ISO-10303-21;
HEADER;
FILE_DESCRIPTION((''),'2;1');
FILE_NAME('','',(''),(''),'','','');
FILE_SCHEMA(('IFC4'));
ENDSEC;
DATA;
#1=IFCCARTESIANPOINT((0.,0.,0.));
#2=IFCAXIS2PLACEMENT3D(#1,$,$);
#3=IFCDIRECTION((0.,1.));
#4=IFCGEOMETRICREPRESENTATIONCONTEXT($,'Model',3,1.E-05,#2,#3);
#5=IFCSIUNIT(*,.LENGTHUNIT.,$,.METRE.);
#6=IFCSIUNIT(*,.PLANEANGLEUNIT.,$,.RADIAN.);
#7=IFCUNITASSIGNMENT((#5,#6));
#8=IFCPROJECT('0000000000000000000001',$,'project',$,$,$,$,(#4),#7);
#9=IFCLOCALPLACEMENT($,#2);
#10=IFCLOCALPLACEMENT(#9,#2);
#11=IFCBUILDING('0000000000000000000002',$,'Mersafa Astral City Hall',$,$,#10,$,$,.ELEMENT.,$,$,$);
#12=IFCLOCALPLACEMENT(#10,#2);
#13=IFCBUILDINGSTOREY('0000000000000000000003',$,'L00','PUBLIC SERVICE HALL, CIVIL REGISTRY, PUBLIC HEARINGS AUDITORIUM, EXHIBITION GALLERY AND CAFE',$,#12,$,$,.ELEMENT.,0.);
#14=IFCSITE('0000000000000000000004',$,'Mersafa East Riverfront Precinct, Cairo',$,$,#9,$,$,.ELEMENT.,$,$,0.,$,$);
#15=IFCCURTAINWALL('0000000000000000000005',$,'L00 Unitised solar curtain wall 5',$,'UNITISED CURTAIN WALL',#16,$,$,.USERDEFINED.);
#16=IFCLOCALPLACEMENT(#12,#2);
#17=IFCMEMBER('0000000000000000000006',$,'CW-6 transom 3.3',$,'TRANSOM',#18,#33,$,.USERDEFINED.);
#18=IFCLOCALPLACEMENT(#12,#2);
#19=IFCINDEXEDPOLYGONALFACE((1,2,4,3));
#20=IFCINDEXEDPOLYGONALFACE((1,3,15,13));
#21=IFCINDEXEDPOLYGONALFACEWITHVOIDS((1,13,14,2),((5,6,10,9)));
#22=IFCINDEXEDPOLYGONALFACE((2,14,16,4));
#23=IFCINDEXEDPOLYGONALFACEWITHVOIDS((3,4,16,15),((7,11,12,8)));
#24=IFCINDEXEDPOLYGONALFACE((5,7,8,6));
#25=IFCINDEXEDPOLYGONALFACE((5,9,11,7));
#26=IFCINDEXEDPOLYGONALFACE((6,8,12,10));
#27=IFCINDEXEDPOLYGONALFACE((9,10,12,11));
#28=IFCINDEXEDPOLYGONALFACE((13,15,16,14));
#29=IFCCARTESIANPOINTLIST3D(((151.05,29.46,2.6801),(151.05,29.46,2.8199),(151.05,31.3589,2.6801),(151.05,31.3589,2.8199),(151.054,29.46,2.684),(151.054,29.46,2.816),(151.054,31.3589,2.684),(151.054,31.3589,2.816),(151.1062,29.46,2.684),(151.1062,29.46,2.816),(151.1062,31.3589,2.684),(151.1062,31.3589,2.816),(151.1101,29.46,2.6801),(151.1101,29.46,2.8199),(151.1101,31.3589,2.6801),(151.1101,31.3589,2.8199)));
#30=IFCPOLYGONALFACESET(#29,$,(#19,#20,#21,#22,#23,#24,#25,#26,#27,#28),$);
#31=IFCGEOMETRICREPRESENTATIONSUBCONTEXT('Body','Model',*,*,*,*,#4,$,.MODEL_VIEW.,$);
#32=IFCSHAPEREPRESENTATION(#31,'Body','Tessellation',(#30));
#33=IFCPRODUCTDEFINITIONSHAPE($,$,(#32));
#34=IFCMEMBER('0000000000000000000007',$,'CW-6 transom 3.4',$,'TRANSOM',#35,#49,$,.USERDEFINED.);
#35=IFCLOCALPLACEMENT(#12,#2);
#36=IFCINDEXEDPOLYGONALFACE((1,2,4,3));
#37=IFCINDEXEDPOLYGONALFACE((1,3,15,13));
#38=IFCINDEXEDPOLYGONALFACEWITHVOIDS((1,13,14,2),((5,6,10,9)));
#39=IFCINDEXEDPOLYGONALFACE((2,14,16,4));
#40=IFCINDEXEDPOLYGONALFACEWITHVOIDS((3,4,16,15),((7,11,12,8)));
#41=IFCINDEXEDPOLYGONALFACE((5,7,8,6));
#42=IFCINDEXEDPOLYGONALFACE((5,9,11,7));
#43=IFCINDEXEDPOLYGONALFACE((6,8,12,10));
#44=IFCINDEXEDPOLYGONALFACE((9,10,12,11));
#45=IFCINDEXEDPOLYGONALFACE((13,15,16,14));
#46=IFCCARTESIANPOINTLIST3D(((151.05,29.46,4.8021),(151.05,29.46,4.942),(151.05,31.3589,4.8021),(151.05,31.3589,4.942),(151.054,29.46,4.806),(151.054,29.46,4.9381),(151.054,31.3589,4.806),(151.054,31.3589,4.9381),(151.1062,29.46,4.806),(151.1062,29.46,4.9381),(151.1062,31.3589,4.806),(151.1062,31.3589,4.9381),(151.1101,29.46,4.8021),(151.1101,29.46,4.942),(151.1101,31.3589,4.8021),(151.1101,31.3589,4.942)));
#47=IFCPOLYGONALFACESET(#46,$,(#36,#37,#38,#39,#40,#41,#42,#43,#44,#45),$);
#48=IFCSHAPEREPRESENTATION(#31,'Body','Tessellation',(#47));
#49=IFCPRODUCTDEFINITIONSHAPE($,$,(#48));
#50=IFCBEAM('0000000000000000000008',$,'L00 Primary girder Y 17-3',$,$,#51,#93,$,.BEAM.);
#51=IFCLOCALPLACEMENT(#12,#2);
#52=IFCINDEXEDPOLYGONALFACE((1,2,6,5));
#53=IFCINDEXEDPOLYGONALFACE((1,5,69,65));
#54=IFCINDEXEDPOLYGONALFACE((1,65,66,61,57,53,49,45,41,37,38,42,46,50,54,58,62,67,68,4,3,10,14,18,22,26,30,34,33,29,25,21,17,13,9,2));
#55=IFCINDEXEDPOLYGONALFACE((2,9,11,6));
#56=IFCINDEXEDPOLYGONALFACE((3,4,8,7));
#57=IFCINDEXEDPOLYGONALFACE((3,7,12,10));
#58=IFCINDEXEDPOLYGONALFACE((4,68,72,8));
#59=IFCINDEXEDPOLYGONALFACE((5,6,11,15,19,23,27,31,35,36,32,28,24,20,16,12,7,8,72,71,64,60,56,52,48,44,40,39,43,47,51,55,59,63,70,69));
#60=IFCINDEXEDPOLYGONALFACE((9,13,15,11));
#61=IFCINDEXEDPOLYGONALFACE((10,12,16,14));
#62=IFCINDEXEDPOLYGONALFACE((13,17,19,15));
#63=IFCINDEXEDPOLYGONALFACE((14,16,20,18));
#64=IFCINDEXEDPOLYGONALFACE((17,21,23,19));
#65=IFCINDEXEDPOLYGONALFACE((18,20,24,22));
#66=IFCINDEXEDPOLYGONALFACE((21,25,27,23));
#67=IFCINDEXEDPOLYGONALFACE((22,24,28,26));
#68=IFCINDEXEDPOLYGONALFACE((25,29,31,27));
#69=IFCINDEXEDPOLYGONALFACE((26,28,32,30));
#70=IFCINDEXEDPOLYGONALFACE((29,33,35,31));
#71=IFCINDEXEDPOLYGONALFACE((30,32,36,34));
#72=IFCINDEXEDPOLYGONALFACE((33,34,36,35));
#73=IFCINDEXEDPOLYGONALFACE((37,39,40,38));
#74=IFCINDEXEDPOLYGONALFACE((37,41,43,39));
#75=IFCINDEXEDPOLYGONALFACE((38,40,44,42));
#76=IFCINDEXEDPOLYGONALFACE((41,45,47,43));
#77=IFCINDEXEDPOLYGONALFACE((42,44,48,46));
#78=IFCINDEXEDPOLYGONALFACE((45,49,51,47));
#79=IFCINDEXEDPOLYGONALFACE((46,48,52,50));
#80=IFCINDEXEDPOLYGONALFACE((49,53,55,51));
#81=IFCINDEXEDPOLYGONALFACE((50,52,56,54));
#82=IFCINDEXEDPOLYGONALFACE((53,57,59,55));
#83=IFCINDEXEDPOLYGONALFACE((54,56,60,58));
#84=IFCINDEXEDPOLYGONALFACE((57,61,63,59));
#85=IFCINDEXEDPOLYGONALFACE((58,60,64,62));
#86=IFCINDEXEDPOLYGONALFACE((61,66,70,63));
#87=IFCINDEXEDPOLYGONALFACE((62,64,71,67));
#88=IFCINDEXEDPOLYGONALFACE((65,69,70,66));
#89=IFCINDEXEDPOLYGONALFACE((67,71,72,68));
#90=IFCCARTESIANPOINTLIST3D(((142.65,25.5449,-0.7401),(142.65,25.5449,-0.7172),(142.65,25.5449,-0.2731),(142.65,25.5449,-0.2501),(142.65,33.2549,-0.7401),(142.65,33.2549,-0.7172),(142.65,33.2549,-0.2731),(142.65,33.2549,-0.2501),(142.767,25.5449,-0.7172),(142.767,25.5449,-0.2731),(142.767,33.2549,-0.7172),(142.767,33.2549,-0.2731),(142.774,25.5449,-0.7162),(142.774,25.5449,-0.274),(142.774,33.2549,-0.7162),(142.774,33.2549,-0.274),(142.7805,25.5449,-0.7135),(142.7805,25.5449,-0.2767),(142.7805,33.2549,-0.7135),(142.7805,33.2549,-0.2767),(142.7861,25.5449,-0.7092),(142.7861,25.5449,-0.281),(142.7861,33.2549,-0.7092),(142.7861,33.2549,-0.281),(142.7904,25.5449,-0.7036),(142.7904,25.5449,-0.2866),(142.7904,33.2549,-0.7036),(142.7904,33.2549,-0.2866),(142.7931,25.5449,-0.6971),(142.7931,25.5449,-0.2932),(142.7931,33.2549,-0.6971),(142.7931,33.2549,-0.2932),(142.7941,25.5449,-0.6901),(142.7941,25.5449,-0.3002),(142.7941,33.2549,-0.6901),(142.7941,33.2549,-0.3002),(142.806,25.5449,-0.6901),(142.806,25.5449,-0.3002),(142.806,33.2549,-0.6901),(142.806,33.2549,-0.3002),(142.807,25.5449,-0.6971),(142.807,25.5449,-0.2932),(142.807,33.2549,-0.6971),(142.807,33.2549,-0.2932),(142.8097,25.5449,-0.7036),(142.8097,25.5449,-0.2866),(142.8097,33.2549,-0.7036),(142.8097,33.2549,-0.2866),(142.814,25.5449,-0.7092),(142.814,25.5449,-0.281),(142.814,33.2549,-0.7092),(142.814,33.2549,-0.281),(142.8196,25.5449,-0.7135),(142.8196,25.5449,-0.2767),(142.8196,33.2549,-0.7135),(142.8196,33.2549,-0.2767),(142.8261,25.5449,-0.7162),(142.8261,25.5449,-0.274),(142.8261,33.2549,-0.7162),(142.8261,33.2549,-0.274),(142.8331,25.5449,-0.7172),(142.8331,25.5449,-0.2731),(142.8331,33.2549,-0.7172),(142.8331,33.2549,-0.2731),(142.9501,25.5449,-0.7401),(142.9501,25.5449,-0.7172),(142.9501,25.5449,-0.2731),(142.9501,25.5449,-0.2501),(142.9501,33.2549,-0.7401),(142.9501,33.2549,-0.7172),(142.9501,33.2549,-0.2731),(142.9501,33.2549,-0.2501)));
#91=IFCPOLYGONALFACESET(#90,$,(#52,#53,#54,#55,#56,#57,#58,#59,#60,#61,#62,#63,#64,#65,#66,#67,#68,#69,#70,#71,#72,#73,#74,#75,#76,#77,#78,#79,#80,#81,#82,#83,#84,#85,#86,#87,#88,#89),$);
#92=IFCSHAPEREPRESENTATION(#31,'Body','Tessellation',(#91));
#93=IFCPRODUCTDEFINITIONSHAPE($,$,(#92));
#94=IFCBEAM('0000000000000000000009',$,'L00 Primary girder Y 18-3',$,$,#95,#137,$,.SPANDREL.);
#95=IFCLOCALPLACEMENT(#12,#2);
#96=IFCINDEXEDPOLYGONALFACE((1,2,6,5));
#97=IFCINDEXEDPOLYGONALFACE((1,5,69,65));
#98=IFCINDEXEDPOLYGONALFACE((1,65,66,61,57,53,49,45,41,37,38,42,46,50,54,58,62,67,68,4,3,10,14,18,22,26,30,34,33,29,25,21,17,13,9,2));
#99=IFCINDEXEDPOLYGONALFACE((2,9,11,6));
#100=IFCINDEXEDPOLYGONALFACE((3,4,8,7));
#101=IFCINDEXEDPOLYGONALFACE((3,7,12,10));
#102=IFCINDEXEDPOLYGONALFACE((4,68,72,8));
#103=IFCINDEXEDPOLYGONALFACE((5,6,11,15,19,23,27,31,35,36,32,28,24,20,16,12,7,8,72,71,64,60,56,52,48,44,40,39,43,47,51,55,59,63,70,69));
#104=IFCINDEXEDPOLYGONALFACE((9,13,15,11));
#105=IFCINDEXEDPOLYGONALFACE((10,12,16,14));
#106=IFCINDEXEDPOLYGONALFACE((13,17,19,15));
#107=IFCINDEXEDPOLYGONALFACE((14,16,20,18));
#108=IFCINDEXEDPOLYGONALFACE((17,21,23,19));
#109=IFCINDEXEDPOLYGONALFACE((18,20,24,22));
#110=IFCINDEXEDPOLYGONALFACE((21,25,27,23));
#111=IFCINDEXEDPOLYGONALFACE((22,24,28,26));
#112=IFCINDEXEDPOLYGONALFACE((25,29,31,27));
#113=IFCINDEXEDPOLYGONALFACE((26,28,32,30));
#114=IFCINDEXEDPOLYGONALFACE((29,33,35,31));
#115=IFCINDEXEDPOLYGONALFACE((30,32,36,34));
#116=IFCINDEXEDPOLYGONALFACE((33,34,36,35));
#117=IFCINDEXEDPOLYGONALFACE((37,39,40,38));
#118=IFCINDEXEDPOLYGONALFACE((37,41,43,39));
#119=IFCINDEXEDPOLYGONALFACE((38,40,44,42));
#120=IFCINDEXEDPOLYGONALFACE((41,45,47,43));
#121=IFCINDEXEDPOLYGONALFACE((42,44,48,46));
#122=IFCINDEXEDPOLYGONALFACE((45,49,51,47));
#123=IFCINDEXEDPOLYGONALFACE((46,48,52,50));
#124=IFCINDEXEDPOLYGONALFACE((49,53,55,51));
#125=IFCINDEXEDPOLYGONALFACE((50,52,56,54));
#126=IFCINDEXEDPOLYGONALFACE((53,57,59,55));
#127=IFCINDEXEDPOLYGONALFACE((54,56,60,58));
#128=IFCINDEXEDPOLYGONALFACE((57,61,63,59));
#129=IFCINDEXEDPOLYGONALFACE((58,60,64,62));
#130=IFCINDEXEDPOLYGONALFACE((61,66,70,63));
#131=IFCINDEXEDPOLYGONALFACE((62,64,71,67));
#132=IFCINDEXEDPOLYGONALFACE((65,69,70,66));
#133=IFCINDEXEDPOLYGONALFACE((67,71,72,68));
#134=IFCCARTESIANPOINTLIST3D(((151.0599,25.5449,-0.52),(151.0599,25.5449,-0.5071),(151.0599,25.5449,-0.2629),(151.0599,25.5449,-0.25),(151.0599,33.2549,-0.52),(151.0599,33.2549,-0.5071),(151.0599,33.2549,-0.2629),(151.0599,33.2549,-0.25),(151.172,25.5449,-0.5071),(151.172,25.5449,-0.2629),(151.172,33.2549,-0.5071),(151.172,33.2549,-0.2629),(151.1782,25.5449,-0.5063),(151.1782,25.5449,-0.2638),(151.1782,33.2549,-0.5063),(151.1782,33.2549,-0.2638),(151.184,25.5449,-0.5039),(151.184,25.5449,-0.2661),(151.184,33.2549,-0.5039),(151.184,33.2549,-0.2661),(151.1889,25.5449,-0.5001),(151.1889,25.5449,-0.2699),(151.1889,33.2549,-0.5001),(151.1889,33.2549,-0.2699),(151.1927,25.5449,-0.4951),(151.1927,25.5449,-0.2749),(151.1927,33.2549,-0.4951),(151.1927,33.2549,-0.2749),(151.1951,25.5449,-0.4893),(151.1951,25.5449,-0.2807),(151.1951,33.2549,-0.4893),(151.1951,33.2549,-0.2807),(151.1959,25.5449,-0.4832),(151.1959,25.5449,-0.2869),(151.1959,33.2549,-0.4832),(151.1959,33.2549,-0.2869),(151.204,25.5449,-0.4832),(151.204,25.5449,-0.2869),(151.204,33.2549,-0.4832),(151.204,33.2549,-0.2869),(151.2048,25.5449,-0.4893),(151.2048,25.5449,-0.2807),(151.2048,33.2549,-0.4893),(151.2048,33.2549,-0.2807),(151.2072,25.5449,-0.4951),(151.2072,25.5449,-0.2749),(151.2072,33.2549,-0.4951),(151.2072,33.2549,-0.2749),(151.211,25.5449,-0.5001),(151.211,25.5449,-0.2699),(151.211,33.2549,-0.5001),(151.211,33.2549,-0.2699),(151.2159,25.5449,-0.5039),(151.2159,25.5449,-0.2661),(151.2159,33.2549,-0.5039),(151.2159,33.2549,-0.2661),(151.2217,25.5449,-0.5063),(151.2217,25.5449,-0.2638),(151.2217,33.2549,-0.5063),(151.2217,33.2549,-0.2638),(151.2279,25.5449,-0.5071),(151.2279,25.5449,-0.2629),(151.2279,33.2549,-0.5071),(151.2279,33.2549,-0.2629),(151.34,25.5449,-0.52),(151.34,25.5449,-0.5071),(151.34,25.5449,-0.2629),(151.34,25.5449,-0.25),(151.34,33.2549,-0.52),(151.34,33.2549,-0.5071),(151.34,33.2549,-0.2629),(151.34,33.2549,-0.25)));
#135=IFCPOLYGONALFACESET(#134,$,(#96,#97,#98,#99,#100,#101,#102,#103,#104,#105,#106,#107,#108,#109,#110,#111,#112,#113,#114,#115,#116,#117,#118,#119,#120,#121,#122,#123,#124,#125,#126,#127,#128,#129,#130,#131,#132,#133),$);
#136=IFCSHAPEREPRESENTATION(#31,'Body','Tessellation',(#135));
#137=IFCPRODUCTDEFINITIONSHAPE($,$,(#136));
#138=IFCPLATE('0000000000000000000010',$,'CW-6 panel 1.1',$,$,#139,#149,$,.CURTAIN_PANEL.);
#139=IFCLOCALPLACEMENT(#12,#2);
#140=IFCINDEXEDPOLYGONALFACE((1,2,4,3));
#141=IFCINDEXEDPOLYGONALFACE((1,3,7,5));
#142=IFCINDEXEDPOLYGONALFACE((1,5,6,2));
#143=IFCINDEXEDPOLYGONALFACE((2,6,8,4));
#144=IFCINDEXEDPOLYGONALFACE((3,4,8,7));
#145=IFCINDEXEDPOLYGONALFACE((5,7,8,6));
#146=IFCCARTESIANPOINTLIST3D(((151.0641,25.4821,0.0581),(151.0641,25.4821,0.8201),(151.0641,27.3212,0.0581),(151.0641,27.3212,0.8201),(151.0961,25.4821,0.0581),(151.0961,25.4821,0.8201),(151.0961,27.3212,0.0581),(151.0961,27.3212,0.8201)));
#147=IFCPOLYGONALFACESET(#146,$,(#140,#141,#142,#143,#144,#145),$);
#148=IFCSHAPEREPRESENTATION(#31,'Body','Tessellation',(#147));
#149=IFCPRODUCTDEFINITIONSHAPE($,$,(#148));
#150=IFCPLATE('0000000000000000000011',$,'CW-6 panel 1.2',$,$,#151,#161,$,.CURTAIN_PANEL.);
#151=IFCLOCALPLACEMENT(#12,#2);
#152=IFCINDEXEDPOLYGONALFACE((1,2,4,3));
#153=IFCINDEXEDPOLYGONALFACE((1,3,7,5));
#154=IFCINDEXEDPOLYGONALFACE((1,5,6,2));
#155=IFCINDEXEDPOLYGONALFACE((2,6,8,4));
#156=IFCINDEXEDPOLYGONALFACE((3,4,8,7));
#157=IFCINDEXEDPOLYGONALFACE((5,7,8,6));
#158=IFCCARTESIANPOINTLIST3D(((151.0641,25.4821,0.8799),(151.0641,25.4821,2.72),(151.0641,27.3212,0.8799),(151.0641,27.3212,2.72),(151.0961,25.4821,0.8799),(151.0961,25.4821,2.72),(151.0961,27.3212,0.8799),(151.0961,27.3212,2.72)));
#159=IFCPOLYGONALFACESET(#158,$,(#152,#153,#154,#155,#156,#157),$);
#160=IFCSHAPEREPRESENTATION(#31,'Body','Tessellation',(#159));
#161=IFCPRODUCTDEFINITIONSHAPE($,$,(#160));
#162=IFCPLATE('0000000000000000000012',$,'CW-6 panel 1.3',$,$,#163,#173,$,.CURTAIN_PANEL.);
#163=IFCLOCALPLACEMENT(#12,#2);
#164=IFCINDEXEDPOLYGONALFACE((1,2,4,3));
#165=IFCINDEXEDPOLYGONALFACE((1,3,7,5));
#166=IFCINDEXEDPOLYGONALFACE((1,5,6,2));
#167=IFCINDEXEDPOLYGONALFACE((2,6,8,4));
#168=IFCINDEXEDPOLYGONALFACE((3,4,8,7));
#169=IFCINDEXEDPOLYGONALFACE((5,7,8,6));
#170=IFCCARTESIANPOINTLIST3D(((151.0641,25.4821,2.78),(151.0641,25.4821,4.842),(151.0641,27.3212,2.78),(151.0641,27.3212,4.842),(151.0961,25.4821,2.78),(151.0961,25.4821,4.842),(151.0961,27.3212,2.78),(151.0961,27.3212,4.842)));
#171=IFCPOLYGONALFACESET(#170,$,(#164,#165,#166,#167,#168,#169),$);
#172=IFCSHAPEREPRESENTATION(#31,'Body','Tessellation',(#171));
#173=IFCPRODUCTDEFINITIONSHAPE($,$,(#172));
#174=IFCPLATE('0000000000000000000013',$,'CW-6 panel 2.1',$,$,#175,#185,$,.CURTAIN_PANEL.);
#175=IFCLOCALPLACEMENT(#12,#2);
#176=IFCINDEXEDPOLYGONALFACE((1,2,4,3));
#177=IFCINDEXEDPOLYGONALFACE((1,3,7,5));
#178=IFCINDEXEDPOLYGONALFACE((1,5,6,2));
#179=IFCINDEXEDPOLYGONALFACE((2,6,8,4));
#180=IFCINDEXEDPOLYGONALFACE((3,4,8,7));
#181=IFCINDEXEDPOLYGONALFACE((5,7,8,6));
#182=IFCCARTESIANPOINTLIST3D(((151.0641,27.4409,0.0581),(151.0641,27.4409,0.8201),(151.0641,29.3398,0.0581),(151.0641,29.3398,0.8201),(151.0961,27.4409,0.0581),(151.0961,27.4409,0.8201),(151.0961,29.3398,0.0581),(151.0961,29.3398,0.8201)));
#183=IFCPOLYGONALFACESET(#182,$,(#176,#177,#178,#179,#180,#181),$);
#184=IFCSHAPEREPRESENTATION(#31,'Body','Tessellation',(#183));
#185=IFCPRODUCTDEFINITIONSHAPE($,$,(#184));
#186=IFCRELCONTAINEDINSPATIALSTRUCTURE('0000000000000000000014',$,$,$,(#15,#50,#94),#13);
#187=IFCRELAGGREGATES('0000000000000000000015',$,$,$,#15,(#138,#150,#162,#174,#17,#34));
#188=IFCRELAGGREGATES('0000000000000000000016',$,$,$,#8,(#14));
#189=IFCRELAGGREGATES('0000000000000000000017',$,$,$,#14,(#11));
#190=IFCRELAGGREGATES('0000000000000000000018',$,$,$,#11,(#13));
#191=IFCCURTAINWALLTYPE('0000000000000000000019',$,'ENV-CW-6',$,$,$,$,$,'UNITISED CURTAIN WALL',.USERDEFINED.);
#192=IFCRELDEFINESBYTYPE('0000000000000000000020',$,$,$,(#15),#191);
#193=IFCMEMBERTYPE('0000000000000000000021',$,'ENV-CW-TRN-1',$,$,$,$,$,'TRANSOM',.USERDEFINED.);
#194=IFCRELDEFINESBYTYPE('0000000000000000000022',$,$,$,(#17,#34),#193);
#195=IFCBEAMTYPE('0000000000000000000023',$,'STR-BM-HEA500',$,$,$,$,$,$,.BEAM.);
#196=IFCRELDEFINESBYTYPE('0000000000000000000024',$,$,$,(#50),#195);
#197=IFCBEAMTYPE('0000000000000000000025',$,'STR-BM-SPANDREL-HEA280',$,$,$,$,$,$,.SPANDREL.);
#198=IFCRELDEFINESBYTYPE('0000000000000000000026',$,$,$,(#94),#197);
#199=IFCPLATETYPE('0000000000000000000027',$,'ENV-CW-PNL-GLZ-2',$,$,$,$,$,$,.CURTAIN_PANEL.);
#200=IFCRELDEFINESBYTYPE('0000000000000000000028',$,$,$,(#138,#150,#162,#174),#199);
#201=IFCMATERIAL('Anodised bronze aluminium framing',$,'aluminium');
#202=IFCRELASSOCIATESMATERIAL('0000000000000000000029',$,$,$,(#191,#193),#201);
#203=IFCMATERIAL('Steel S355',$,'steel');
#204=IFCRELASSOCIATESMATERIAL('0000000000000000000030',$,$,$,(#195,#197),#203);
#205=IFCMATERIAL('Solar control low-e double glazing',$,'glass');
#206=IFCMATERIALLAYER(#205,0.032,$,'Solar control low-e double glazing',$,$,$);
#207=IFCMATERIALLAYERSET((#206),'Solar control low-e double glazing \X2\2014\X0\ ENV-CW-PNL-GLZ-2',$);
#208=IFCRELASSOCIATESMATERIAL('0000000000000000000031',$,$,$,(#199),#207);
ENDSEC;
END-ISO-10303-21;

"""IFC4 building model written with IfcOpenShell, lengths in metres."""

from ifc_helpers import new_model, si_unit, direction, frame, origin, origin_2d, place, context, subcontext, project, spatial, rectangle, hollow_rectangle, i_section, extrude, material, layer, layer_set, material_profile, profile_set, type_object, element, aggregate, save


model = new_model("IFC4")

# Units and contexts
model_context = context("Model", 3, precision=1e-05, world=origin(), true_north=direction((0.0, 1.0)))
body_context = subcontext(model_context, "Body", "Model", "MODEL_VIEW")
ifc_project = project(units=[si_unit("LENGTHUNIT", "METRE"), si_unit("PLANEANGLEUNIT", "RADIAN")], contexts=[model_context])

# Site, building, storey
site_placement = place(None, origin())
site = spatial("IfcSite", under=ifc_project, at=site_placement, Name="Mersafa East Riverfront Precinct, Cairo", CompositionType="ELEMENT", RefElevation=0.0)
building_placement = place(site_placement, origin())
building = spatial("IfcBuilding", under=site, at=building_placement, Name="Mersafa Astral City Hall", CompositionType="ELEMENT")
storey_placement = place(building_placement, origin())
storey = spatial("IfcBuildingStorey", under=building, at=storey_placement, Name="L00", Description="PUBLIC SERVICE HALL, CIVIL REGISTRY, PUBLIC HEARINGS AUDITORIUM, EXHIBITION GALLERY AND CAFE", CompositionType="ELEMENT", Elevation=0.0)

# Curtain wall, members
ifc_material_1 = material(Name="Anodised bronze aluminium framing", Category="aluminium")
curtain_wall_type = type_object("IfcCurtainWallType", Name="ENV-CW-6", ElementType="UNITISED CURTAIN WALL", PredefinedType="USERDEFINED", material=ifc_material_1)
curtain_wall_placement = place(storey_placement, origin())
curtain_wall = element("IfcCurtainWall", 1, at=curtain_wall_placement, inside=storey, type_object=curtain_wall_type, Name="L00 Unitised solar curtain wall 5", ObjectType="UNITISED CURTAIN WALL", PredefinedType="USERDEFINED")
ifc_material_profile_1 = material_profile(ifc_material_1, hollow_rectangle(XDim=0.0601, YDim=0.1399, WallThickness=0.0039, at=origin_2d()), Name="RHS 60x140x4")
ifc_profile_set_1 = profile_set([ifc_material_profile_1], Name="Anodised bronze aluminium framing")
member_type_1 = type_object("IfcMemberType", Name="ENV-CW-TRN-1", ElementType="TRANSOM", PredefinedType="USERDEFINED", material=ifc_profile_set_1)
member_1_placement = place(storey_placement, frame((151.0801, 29.46, 2.75), z_axis=(0.0, 1.0, 0.0), x_axis=(-1.0, 0.0, 0.0)))
member_1 = element("IfcMember", 2, at=member_1_placement, type_object=member_type_1, Name="CW-6 transom 3.3", ObjectType="TRANSOM", PredefinedType="USERDEFINED", context=body_context, shape_type="SweptSolid", body=[
    extrude(hollow_rectangle(XDim=0.0601, YDim=0.1399, WallThickness=0.0039, at=origin_2d()), origin(), (0.0, 0.0, 1.0), 1.8989),
])
member_2_placement = place(storey_placement, frame((151.0801, 29.46, 4.8721), z_axis=(0.0, 1.0, 0.0), x_axis=(-1.0, 0.0, 0.0)))
member_2 = element("IfcMember", 3, at=member_2_placement, type_object=member_type_1, Name="CW-6 transom 3.4", ObjectType="TRANSOM", PredefinedType="USERDEFINED", context=body_context, shape_type="SweptSolid", body=[
    extrude(hollow_rectangle(XDim=0.0601, YDim=0.1399, WallThickness=0.0039, at=origin_2d()), origin(), (0.0, 0.0, 1.0), 1.8989),
])

# Beams
ifc_material_2 = material(Name="Steel S355", Category="steel")
ifc_material_profile_2 = material_profile(ifc_material_2, i_section(OverallWidth=0.3, OverallDepth=0.49, WebThickness=0.012, FlangeThickness=0.0229, FilletRadius=0.0271, at=origin_2d()), Name="HEA 500")
ifc_profile_set_2 = profile_set([ifc_material_profile_2], Name="Steel S355")
beam_type_1 = type_object("IfcBeamType", Name="STR-BM-HEA500", PredefinedType="BEAM", material=ifc_profile_set_2)
beam_1_placement = place(storey_placement, frame((142.8, 25.5449, -0.4951), z_axis=(0.0, 1.0, 0.0), x_axis=(-1.0, 0.0, 0.0)))
element("IfcBeam", 4, at=beam_1_placement, inside=storey, type_object=beam_type_1, Name="L00 Primary girder Y 17-3", PredefinedType="BEAM", context=body_context, shape_type="SweptSolid", body=[
    extrude(i_section(OverallWidth=0.3, OverallDepth=0.49, WebThickness=0.012, FlangeThickness=0.0229, FilletRadius=0.0271, at=origin_2d()), origin(), (0.0, 0.0, 1.0), 7.71),
])
ifc_material_profile_3 = material_profile(ifc_material_2, i_section(OverallWidth=0.28, OverallDepth=0.27, WebThickness=0.0081, FlangeThickness=0.0129, FilletRadius=0.0239, at=origin_2d()), Name="HEA 280")
ifc_profile_set_3 = profile_set([ifc_material_profile_3], Name="Steel S355")
beam_type_2 = type_object("IfcBeamType", Name="STR-BM-SPANDREL-HEA280", PredefinedType="SPANDREL", material=ifc_profile_set_3)
beam_2_placement = place(storey_placement, frame((151.2, 25.5449, -0.385), z_axis=(0.0, 1.0, 0.0), x_axis=(-1.0, 0.0, 0.0)))
element("IfcBeam", 5, at=beam_2_placement, inside=storey, type_object=beam_type_2, Name="L00 Primary girder Y 18-3", PredefinedType="SPANDREL", context=body_context, shape_type="SweptSolid", body=[
    extrude(i_section(OverallWidth=0.28, OverallDepth=0.27, WebThickness=0.0081, FlangeThickness=0.0129, FilletRadius=0.0239, at=origin_2d()), origin(), (0.0, 0.0, 1.0), 7.71),
])

# Plates
ifc_material_3 = material(Name="Solar control low-e double glazing", Category="glass")
ifc_layer = layer(ifc_material_3, 0.032, Name="Solar control low-e double glazing")
ifc_layer_set = layer_set([ifc_layer], Name="Solar control low-e double glazing — ENV-CW-PNL-GLZ-2")
plate_type = type_object("IfcPlateType", Name="ENV-CW-PNL-GLZ-2", PredefinedType="CURTAIN_PANEL", material=ifc_layer_set)
plate_1_placement = place(storey_placement, frame((151.0801, 26.4016, 0.0581), z_axis=(0.0, 0.0, 1.0), x_axis=(0.0, 1.0, 0.0)))
plate_1 = element("IfcPlate", 6, at=plate_1_placement, type_object=plate_type, Name="CW-6 panel 1.1", PredefinedType="CURTAIN_PANEL", context=body_context, shape_type="SweptSolid", body=[
    extrude(rectangle(XDim=1.8391, YDim=0.032, at=origin_2d()), origin(), (0.0, 0.0, 1.0), 0.762),
])
plate_2_placement = place(storey_placement, frame((151.0801, 26.4016, 0.8799), z_axis=(0.0, 0.0, 1.0), x_axis=(0.0, 1.0, 0.0)))
plate_2 = element("IfcPlate", 7, at=plate_2_placement, type_object=plate_type, Name="CW-6 panel 1.2", PredefinedType="CURTAIN_PANEL", context=body_context, shape_type="SweptSolid", body=[
    extrude(rectangle(XDim=1.8391, YDim=0.032, at=origin_2d()), origin(), (0.0, 0.0, 1.0), 1.8401),
])
plate_3_placement = place(storey_placement, frame((151.0801, 26.4016, 2.78), z_axis=(0.0, 0.0, 1.0), x_axis=(0.0, 1.0, 0.0)))
plate_3 = element("IfcPlate", 8, at=plate_3_placement, type_object=plate_type, Name="CW-6 panel 1.3", PredefinedType="CURTAIN_PANEL", context=body_context, shape_type="SweptSolid", body=[
    extrude(rectangle(XDim=1.8391, YDim=0.032, at=origin_2d()), origin(), (0.0, 0.0, 1.0), 2.062),
])
plate_4_placement = place(storey_placement, frame((151.0801, 28.3904, 0.0581), z_axis=(0.0, 0.0, 1.0), x_axis=(0.0, 1.0, 0.0)))
plate_4 = element("IfcPlate", 9, at=plate_4_placement, type_object=plate_type, Name="CW-6 panel 2.1", PredefinedType="CURTAIN_PANEL", context=body_context, shape_type="SweptSolid", body=[
    extrude(rectangle(XDim=1.8989, YDim=0.032, at=origin_2d()), origin(), (0.0, 0.0, 1.0), 0.762),
])
aggregate(curtain_wall, [plate_1, plate_2, plate_3, plate_4, member_1, member_2])

save(model, "model.ifc")
